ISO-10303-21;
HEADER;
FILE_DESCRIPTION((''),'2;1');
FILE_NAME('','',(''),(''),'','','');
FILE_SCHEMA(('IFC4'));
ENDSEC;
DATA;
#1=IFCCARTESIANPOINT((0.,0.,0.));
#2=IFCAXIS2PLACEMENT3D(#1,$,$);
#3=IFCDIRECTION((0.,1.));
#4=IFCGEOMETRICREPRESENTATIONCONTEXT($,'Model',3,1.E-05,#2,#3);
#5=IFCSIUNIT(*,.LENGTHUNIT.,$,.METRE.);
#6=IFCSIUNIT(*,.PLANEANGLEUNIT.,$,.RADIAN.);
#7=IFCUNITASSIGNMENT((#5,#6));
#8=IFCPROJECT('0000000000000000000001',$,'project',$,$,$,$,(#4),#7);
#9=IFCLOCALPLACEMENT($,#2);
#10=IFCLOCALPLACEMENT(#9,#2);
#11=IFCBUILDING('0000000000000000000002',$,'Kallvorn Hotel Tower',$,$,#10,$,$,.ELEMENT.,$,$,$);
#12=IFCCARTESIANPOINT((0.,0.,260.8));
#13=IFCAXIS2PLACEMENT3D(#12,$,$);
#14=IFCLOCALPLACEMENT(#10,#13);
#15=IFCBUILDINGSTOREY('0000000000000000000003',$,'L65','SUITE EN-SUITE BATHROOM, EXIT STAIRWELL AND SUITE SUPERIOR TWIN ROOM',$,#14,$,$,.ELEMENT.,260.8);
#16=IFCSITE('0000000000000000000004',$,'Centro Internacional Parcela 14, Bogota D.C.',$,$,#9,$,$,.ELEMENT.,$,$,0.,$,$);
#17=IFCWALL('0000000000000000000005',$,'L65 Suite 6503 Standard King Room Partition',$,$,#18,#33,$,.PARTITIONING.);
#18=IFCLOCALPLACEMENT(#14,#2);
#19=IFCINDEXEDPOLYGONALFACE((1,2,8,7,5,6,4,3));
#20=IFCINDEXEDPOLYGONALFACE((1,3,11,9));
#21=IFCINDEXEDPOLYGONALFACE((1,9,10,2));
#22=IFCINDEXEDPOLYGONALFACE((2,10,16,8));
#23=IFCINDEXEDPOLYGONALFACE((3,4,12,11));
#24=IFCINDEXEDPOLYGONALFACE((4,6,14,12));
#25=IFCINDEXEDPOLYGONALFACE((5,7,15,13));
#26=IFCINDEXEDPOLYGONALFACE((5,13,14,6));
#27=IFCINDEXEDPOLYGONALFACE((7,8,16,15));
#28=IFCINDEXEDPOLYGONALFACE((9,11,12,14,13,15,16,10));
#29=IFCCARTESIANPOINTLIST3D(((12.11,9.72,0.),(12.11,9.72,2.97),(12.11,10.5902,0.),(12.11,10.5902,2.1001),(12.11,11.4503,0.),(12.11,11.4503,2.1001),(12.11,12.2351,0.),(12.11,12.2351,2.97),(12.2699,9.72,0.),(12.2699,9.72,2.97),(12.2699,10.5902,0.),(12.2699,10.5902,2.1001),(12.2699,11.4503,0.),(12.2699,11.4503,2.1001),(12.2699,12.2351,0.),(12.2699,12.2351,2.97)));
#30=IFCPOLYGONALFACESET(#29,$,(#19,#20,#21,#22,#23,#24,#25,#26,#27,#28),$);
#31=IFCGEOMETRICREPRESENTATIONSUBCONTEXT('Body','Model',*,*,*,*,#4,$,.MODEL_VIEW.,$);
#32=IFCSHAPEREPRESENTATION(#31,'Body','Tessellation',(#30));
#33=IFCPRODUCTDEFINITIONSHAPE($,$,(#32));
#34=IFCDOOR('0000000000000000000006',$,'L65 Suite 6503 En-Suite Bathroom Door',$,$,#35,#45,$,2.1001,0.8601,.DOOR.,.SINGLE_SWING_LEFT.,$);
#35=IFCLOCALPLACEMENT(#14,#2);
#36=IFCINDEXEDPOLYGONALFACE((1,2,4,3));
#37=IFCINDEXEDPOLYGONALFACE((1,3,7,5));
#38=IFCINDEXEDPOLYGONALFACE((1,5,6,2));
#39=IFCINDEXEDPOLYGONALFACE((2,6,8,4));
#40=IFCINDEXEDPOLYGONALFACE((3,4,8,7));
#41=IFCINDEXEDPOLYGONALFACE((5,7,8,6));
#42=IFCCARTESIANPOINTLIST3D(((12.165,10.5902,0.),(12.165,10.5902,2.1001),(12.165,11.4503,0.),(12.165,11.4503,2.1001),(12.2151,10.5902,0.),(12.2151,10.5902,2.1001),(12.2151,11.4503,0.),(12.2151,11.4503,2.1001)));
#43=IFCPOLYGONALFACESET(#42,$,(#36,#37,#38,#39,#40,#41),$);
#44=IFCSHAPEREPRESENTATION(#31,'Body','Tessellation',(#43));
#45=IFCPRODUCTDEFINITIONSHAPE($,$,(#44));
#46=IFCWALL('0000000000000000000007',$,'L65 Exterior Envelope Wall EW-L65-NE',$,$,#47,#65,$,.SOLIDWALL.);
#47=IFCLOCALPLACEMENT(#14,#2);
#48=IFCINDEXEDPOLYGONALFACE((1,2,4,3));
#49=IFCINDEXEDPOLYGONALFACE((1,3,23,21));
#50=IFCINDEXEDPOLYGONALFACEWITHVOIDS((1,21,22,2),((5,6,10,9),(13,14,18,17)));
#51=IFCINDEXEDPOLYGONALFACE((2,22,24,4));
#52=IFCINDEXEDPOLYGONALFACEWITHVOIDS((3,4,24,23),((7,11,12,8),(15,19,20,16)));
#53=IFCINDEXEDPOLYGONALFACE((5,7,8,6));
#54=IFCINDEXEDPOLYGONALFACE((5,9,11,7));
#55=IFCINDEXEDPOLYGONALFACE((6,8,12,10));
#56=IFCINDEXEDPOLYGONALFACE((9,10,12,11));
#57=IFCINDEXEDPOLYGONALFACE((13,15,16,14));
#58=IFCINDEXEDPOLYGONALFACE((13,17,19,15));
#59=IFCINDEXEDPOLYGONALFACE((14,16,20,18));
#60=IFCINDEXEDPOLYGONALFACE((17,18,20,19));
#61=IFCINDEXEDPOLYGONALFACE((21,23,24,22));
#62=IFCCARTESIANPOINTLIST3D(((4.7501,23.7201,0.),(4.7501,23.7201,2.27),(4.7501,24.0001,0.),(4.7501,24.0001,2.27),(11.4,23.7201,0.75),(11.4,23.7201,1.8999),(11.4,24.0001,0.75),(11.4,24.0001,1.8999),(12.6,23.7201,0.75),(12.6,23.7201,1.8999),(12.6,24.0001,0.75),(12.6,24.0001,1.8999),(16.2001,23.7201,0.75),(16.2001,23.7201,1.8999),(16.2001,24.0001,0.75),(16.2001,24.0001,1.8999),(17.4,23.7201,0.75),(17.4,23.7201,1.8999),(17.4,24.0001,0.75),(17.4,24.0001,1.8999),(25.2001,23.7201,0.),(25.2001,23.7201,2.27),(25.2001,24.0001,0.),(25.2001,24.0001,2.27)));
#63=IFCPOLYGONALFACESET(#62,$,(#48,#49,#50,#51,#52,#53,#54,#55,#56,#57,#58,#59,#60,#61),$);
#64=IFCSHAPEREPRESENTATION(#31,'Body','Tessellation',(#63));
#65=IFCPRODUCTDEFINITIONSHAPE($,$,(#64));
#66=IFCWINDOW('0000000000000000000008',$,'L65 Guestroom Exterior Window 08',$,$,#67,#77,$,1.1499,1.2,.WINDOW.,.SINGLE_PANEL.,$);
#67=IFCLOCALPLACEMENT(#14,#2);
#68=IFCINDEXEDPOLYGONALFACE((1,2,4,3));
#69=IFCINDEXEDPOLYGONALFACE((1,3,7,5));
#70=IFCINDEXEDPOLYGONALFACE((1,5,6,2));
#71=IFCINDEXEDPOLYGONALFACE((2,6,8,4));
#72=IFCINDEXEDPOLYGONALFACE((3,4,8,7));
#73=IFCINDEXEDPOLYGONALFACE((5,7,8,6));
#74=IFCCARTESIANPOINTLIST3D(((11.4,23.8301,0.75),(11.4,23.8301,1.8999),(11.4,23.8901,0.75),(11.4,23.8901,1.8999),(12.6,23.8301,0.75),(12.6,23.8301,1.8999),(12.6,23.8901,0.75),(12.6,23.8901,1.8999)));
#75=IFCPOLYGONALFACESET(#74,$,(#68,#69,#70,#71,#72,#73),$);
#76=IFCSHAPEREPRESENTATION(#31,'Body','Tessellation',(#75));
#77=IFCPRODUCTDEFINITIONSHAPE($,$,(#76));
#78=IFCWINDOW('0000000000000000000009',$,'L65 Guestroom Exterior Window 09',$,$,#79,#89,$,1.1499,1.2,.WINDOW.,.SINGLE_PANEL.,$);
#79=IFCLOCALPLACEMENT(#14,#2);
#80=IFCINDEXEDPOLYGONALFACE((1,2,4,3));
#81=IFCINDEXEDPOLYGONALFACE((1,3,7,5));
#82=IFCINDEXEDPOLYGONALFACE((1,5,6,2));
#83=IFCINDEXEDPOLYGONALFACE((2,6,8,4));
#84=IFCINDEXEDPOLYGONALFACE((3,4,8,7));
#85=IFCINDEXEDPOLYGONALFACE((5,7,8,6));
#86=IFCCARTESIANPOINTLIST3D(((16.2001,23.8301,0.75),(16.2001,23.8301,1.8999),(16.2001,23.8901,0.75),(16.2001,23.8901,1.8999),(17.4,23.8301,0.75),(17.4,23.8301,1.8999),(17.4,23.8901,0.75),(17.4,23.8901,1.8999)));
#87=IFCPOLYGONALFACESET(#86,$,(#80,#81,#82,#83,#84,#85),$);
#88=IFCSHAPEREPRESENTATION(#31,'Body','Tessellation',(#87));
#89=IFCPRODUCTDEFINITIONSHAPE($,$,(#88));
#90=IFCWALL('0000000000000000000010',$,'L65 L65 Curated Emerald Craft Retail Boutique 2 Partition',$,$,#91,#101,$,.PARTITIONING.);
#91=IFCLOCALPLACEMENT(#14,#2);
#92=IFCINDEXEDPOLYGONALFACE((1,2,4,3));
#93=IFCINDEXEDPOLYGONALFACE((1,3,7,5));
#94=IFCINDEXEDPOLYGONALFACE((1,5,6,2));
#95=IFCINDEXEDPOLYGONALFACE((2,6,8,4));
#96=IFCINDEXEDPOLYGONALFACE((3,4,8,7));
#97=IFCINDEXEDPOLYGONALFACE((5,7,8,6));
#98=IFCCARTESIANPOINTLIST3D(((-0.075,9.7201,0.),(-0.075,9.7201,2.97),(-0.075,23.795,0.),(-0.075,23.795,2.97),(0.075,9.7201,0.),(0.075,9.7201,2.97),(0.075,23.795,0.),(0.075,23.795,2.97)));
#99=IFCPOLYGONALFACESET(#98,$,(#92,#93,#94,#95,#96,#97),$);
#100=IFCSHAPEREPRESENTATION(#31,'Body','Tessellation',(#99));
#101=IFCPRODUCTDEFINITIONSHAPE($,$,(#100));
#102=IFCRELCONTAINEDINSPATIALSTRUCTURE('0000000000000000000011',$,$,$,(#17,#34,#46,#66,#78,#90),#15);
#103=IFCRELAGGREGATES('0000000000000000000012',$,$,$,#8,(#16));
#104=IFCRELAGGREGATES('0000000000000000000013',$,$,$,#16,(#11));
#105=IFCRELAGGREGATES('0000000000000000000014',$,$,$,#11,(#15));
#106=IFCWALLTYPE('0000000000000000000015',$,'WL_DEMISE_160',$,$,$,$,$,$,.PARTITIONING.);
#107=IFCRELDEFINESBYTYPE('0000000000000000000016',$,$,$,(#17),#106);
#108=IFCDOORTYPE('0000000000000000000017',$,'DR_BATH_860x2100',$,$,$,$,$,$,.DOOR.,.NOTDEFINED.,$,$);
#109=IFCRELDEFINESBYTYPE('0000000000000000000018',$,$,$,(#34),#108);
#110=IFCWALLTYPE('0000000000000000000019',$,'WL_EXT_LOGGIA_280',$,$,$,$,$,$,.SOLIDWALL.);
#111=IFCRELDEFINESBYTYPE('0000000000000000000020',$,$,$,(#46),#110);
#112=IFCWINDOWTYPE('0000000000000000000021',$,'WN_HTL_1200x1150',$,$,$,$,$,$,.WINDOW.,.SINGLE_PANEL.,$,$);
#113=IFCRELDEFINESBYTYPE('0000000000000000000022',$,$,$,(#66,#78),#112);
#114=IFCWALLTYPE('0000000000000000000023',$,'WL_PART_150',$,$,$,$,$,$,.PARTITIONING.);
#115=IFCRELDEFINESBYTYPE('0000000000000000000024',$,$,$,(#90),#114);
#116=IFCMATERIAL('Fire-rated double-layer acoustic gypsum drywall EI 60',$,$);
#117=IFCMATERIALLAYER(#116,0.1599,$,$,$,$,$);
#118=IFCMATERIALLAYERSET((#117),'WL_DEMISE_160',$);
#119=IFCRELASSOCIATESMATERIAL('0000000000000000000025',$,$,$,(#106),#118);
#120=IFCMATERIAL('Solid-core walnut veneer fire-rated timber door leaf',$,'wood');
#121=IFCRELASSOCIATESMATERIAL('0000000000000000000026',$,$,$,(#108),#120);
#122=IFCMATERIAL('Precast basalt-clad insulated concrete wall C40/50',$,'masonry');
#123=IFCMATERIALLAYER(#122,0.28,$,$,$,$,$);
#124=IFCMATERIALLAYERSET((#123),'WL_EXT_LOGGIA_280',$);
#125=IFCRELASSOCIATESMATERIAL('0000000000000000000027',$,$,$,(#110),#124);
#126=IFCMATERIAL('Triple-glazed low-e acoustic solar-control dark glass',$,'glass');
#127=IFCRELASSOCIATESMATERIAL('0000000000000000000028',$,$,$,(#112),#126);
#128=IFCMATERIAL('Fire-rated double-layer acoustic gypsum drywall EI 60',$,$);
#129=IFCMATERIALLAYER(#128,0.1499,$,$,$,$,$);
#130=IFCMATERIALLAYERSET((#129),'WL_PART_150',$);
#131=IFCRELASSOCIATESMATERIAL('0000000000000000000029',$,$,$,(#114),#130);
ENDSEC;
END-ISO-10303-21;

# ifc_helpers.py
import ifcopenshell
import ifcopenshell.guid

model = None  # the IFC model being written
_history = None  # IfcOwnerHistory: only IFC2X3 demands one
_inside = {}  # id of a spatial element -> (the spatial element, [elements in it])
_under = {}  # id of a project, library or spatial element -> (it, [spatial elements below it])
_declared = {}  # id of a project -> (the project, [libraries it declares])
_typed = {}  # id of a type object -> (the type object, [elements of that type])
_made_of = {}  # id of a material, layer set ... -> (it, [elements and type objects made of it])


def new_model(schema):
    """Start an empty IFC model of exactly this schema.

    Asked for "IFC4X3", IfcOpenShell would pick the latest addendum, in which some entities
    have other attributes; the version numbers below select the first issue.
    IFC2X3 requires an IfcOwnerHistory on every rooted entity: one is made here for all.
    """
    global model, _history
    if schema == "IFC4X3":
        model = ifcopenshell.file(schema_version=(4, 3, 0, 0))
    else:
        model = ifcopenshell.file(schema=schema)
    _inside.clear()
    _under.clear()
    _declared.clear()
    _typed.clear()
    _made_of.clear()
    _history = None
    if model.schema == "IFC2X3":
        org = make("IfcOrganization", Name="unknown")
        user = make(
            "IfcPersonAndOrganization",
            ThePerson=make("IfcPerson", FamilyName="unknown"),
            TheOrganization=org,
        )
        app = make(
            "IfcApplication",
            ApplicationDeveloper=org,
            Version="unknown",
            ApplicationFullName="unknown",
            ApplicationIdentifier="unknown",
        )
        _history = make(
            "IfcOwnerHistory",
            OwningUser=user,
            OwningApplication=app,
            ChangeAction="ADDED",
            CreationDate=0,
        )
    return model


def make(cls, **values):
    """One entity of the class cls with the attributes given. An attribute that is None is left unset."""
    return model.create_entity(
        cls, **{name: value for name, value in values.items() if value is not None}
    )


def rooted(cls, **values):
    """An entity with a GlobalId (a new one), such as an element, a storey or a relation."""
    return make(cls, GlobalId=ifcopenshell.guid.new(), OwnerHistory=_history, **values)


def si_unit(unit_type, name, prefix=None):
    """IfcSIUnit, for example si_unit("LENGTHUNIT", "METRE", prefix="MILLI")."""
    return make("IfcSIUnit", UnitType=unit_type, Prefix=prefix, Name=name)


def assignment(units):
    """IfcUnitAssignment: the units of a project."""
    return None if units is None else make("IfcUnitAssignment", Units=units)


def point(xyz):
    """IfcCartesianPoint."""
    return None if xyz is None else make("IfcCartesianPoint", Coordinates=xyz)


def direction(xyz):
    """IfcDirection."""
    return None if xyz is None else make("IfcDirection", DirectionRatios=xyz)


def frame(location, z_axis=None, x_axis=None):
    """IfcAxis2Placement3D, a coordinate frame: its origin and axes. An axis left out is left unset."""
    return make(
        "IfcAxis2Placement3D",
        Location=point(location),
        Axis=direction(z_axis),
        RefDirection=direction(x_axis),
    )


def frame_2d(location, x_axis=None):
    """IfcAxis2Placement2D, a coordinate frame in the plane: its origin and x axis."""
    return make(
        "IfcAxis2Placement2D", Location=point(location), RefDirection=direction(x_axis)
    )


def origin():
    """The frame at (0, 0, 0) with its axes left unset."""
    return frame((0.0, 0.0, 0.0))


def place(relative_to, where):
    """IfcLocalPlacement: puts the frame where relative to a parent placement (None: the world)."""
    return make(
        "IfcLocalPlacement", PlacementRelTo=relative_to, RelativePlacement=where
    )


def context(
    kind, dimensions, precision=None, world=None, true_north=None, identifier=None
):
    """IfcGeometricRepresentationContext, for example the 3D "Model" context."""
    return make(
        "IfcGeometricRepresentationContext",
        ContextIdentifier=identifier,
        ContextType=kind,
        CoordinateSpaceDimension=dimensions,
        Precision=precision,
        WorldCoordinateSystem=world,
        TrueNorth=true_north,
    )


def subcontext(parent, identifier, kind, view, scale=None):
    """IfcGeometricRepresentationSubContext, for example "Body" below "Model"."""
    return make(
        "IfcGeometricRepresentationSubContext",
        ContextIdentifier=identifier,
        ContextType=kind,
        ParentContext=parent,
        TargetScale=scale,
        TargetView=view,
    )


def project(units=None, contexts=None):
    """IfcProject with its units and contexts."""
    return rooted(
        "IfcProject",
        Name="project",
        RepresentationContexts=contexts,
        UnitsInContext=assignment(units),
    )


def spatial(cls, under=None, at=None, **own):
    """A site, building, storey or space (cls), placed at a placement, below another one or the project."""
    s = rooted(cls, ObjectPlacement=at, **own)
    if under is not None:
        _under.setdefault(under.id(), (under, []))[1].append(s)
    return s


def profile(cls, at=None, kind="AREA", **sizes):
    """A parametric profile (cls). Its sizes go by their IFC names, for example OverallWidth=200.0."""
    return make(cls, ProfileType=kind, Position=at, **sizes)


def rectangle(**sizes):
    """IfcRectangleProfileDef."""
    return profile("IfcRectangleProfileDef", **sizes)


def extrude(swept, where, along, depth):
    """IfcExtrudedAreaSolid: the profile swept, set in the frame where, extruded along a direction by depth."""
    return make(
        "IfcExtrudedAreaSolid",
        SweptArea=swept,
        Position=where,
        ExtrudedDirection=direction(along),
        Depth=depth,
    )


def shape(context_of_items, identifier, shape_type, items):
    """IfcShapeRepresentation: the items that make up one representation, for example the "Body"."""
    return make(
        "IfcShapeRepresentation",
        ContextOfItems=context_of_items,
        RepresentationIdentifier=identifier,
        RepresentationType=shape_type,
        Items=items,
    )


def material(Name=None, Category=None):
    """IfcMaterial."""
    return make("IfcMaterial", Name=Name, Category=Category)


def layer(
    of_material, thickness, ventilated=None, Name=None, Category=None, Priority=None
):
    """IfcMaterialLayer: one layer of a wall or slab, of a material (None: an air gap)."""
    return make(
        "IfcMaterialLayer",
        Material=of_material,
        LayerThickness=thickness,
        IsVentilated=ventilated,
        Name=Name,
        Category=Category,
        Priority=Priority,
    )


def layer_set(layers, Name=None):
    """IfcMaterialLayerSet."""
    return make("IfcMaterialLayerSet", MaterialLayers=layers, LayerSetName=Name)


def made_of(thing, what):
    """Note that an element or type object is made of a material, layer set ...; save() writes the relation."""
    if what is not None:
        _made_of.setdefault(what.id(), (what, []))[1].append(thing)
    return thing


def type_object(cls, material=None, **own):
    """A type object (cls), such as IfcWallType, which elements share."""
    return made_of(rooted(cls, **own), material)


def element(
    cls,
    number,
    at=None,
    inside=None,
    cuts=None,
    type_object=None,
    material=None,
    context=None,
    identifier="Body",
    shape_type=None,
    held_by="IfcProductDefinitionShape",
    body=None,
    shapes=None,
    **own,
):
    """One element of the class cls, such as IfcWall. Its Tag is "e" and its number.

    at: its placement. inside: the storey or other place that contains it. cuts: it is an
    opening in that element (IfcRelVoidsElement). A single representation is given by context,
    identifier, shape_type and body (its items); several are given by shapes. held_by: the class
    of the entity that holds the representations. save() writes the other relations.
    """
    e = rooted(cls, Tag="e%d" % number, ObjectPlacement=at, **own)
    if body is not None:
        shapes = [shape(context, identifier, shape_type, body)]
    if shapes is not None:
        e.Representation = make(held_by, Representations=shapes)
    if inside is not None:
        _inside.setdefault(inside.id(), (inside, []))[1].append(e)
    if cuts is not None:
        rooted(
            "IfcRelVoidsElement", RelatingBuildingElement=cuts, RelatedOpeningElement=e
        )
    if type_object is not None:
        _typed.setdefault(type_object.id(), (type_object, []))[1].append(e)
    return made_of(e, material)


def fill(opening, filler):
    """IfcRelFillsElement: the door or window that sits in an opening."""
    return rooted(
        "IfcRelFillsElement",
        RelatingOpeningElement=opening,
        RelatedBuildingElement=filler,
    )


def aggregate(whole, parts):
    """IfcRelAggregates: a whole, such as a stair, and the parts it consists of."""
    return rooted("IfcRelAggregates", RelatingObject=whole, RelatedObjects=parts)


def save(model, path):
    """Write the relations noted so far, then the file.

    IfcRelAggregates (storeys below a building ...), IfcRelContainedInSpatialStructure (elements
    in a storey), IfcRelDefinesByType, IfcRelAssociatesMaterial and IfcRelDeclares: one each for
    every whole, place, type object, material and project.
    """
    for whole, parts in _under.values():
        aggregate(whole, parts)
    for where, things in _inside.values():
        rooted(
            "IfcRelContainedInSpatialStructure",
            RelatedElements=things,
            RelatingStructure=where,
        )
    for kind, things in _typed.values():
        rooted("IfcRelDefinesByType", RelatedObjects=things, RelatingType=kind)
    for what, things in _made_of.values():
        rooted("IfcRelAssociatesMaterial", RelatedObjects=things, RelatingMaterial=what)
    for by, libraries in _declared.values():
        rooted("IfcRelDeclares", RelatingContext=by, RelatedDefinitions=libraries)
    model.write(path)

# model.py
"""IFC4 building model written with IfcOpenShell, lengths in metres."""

from ifc_helpers import new_model, si_unit, direction, frame, frame_2d, origin, place, context, subcontext, project, spatial, rectangle, extrude, material, layer, layer_set, type_object, element, fill, save


model = new_model("IFC4")

# Units and contexts
model_context = context("Model", 3, precision=1e-05, world=origin(), true_north=direction((0.0, 1.0)))
body_context = subcontext(model_context, "Body", "Model", "MODEL_VIEW")
ifc_project = project(units=[si_unit("LENGTHUNIT", "METRE"), si_unit("PLANEANGLEUNIT", "RADIAN")], contexts=[model_context])

# Site, building, storey
site_placement = place(None, origin())
site = spatial("IfcSite", under=ifc_project, at=site_placement, Name="Centro Internacional Parcela 14, Bogota D.C.", CompositionType="ELEMENT", RefElevation=0.0)
building_placement = place(site_placement, origin())
building = spatial("IfcBuilding", under=site, at=building_placement, Name="Kallvorn Hotel Tower", CompositionType="ELEMENT")
storey_placement = place(building_placement, frame((0.0, 0.0, 260.8)))
storey = spatial("IfcBuildingStorey", under=building, at=storey_placement, Name="L65", Description="SUITE EN-SUITE BATHROOM, EXIT STAIRWELL AND SUITE SUPERIOR TWIN ROOM", CompositionType="ELEMENT", Elevation=260.8)

# Shared definitions
ifc_material_1 = material(Name="Fire-rated double-layer acoustic gypsum drywall EI 60")
ifc_layer_1 = layer(ifc_material_1, 0.1599)
ifc_layer_set_1 = layer_set([ifc_layer_1], Name="WL_DEMISE_160")
wall_type_1 = type_object("IfcWallType", Name="WL_DEMISE_160", PredefinedType="PARTITIONING", material=ifc_layer_set_1)

# Wall, opening, door
wall_1_placement = place(storey_placement, frame((12.1899, 9.72, 0.0), z_axis=(0.0, 0.0, 1.0), x_axis=(0.0, 1.0, 0.0)))
wall_1 = element("IfcWall", 1, at=wall_1_placement, inside=storey, type_object=wall_type_1, Name="L65 Suite 6503 Standard King Room Partition", PredefinedType="PARTITIONING", context=body_context, shape_type="SweptSolid", body=[
    extrude(rectangle(XDim=2.5151, YDim=0.1599, at=frame_2d((1.2576, 0.0))), origin(), (0.0, 0.0, 1.0), 2.97),
])
opening_1_placement = place(wall_1_placement, frame((0.8701, 0.0, 0.0)))
opening_1 = element("IfcOpeningElement", 2, at=opening_1_placement, cuts=wall_1, PredefinedType="OPENING", context=body_context, shape_type="SweptSolid", body=[
    extrude(rectangle(XDim=0.8601, YDim=2.1001, at=frame_2d((0.4302, 1.05))), frame((0.0, 0.095, 0.0), z_axis=(0.0, -1.0, 0.0), x_axis=(1.0, 0.0, 0.0)), (0.0, 0.0, 1.0), 0.1899),
])
ifc_material_2 = material(Name="Solid-core walnut veneer fire-rated timber door leaf", Category="wood")
door_type = type_object("IfcDoorType", Name="DR_BATH_860x2100", OperationType="NOTDEFINED", PredefinedType="DOOR", material=ifc_material_2)
door_placement = place(opening_1_placement, origin())
door = element("IfcDoor", 3, at=door_placement, inside=storey, type_object=door_type, Name="L65 Suite 6503 En-Suite Bathroom Door", OperationType="SINGLE_SWING_LEFT", OverallHeight=2.1001, OverallWidth=0.8601, PredefinedType="DOOR", context=body_context, shape_type="SweptSolid", body=[
    extrude(rectangle(XDim=0.8601, YDim=2.1001, at=frame_2d((0.4302, 1.05))), frame((0.0, 0.0249, 0.0), z_axis=(0.0, -1.0, 0.0), x_axis=(1.0, 0.0, 0.0)), (0.0, 0.0, 1.0), 0.05),
])
fill(opening_1, door)

# Wall, openings, windows
ifc_material_3 = material(Name="Precast basalt-clad insulated concrete wall C40/50", Category="masonry")
ifc_layer_2 = layer(ifc_material_3, 0.28)
ifc_layer_set_2 = layer_set([ifc_layer_2], Name="WL_EXT_LOGGIA_280")
wall_type_2 = type_object("IfcWallType", Name="WL_EXT_LOGGIA_280", PredefinedType="SOLIDWALL", material=ifc_layer_set_2)
wall_2_placement = place(storey_placement, frame((4.75, 23.8601, 0.0), z_axis=(0.0, 0.0, 1.0), x_axis=(1.0, 0.0, 0.0)))
wall_2 = element("IfcWall", 4, at=wall_2_placement, inside=storey, type_object=wall_type_2, Name="L65 Exterior Envelope Wall EW-L65-NE", PredefinedType="SOLIDWALL", context=body_context, shape_type="SweptSolid", body=[
    extrude(rectangle(XDim=20.45, YDim=0.28, at=frame_2d((10.2251, 0.0))), origin(), (0.0, 0.0, 1.0), 2.27),
])
opening_2_placement = place(wall_2_placement, frame((6.6499, 0.0, 0.75)))
opening_2 = element("IfcOpeningElement", 5, at=opening_2_placement, cuts=wall_2, PredefinedType="OPENING", context=body_context, shape_type="SweptSolid", body=[
    extrude(rectangle(XDim=1.2, YDim=1.1499, at=frame_2d((0.6001, 0.575))), frame((0.0, 0.155, 0.0), z_axis=(0.0, -1.0, 0.0), x_axis=(1.0, 0.0, 0.0)), (0.0, 0.0, 1.0), 0.3101),
])
opening_3_placement = place(wall_2_placement, frame((11.45, 0.0, 0.75)))
opening_3 = element("IfcOpeningElement", 6, at=opening_3_placement, cuts=wall_2, PredefinedType="OPENING", context=body_context, shape_type="SweptSolid", body=[
    extrude(rectangle(XDim=1.2, YDim=1.1499, at=frame_2d((0.6001, 0.575))), frame((0.0, 0.155, 0.0), z_axis=(0.0, -1.0, 0.0), x_axis=(1.0, 0.0, 0.0)), (0.0, 0.0, 1.0), 0.3101),
])
ifc_material_4 = material(Name="Triple-glazed low-e acoustic solar-control dark glass", Category="glass")
window_type = type_object("IfcWindowType", Name="WN_HTL_1200x1150", PartitioningType="SINGLE_PANEL", PredefinedType="WINDOW", material=ifc_material_4)
window_1_placement = place(opening_2_placement, origin())
window_1 = element("IfcWindow", 7, at=window_1_placement, inside=storey, type_object=window_type, Name="L65 Guestroom Exterior Window 08", OverallHeight=1.1499, OverallWidth=1.2, PartitioningType="SINGLE_PANEL", PredefinedType="WINDOW", context=body_context, shape_type="SweptSolid", body=[
    extrude(rectangle(XDim=1.2, YDim=1.1499, at=frame_2d((0.6001, 0.575))), frame((0.0, 0.03, 0.0), z_axis=(0.0, -1.0, 0.0), x_axis=(1.0, 0.0, 0.0)), (0.0, 0.0, 1.0), 0.0601),
])
fill(opening_2, window_1)
window_2_placement = place(opening_3_placement, origin())
window_2 = element("IfcWindow", 8, at=window_2_placement, inside=storey, type_object=window_type, Name="L65 Guestroom Exterior Window 09", OverallHeight=1.1499, OverallWidth=1.2, PartitioningType="SINGLE_PANEL", PredefinedType="WINDOW", context=body_context, shape_type="SweptSolid", body=[
    extrude(rectangle(XDim=1.2, YDim=1.1499, at=frame_2d((0.6001, 0.575))), frame((0.0, 0.03, 0.0), z_axis=(0.0, -1.0, 0.0), x_axis=(1.0, 0.0, 0.0)), (0.0, 0.0, 1.0), 0.0601),
])
fill(opening_3, window_2)

# Wall
ifc_material_5 = material(Name="Fire-rated double-layer acoustic gypsum drywall EI 60")
ifc_layer_3 = layer(ifc_material_5, 0.1499)
ifc_layer_set_3 = layer_set([ifc_layer_3], Name="WL_PART_150")
wall_type_3 = type_object("IfcWallType", Name="WL_PART_150", PredefinedType="PARTITIONING", material=ifc_layer_set_3)
wall_3_placement = place(storey_placement, frame((0.0, 9.72, 0.0), z_axis=(0.0, 0.0, 1.0), x_axis=(0.0, 1.0, 0.0)))
element("IfcWall", 9, at=wall_3_placement, inside=storey, type_object=wall_type_3, Name="L65 L65 Curated Emerald Craft Retail Boutique 2 Partition", PredefinedType="PARTITIONING", context=body_context, shape_type="SweptSolid", body=[
    extrude(rectangle(XDim=14.075, YDim=0.1499, at=frame_2d((7.0376, 0.0))), origin(), (0.0, 0.0, 1.0), 2.97),
])

save(model, "model.ifc")
